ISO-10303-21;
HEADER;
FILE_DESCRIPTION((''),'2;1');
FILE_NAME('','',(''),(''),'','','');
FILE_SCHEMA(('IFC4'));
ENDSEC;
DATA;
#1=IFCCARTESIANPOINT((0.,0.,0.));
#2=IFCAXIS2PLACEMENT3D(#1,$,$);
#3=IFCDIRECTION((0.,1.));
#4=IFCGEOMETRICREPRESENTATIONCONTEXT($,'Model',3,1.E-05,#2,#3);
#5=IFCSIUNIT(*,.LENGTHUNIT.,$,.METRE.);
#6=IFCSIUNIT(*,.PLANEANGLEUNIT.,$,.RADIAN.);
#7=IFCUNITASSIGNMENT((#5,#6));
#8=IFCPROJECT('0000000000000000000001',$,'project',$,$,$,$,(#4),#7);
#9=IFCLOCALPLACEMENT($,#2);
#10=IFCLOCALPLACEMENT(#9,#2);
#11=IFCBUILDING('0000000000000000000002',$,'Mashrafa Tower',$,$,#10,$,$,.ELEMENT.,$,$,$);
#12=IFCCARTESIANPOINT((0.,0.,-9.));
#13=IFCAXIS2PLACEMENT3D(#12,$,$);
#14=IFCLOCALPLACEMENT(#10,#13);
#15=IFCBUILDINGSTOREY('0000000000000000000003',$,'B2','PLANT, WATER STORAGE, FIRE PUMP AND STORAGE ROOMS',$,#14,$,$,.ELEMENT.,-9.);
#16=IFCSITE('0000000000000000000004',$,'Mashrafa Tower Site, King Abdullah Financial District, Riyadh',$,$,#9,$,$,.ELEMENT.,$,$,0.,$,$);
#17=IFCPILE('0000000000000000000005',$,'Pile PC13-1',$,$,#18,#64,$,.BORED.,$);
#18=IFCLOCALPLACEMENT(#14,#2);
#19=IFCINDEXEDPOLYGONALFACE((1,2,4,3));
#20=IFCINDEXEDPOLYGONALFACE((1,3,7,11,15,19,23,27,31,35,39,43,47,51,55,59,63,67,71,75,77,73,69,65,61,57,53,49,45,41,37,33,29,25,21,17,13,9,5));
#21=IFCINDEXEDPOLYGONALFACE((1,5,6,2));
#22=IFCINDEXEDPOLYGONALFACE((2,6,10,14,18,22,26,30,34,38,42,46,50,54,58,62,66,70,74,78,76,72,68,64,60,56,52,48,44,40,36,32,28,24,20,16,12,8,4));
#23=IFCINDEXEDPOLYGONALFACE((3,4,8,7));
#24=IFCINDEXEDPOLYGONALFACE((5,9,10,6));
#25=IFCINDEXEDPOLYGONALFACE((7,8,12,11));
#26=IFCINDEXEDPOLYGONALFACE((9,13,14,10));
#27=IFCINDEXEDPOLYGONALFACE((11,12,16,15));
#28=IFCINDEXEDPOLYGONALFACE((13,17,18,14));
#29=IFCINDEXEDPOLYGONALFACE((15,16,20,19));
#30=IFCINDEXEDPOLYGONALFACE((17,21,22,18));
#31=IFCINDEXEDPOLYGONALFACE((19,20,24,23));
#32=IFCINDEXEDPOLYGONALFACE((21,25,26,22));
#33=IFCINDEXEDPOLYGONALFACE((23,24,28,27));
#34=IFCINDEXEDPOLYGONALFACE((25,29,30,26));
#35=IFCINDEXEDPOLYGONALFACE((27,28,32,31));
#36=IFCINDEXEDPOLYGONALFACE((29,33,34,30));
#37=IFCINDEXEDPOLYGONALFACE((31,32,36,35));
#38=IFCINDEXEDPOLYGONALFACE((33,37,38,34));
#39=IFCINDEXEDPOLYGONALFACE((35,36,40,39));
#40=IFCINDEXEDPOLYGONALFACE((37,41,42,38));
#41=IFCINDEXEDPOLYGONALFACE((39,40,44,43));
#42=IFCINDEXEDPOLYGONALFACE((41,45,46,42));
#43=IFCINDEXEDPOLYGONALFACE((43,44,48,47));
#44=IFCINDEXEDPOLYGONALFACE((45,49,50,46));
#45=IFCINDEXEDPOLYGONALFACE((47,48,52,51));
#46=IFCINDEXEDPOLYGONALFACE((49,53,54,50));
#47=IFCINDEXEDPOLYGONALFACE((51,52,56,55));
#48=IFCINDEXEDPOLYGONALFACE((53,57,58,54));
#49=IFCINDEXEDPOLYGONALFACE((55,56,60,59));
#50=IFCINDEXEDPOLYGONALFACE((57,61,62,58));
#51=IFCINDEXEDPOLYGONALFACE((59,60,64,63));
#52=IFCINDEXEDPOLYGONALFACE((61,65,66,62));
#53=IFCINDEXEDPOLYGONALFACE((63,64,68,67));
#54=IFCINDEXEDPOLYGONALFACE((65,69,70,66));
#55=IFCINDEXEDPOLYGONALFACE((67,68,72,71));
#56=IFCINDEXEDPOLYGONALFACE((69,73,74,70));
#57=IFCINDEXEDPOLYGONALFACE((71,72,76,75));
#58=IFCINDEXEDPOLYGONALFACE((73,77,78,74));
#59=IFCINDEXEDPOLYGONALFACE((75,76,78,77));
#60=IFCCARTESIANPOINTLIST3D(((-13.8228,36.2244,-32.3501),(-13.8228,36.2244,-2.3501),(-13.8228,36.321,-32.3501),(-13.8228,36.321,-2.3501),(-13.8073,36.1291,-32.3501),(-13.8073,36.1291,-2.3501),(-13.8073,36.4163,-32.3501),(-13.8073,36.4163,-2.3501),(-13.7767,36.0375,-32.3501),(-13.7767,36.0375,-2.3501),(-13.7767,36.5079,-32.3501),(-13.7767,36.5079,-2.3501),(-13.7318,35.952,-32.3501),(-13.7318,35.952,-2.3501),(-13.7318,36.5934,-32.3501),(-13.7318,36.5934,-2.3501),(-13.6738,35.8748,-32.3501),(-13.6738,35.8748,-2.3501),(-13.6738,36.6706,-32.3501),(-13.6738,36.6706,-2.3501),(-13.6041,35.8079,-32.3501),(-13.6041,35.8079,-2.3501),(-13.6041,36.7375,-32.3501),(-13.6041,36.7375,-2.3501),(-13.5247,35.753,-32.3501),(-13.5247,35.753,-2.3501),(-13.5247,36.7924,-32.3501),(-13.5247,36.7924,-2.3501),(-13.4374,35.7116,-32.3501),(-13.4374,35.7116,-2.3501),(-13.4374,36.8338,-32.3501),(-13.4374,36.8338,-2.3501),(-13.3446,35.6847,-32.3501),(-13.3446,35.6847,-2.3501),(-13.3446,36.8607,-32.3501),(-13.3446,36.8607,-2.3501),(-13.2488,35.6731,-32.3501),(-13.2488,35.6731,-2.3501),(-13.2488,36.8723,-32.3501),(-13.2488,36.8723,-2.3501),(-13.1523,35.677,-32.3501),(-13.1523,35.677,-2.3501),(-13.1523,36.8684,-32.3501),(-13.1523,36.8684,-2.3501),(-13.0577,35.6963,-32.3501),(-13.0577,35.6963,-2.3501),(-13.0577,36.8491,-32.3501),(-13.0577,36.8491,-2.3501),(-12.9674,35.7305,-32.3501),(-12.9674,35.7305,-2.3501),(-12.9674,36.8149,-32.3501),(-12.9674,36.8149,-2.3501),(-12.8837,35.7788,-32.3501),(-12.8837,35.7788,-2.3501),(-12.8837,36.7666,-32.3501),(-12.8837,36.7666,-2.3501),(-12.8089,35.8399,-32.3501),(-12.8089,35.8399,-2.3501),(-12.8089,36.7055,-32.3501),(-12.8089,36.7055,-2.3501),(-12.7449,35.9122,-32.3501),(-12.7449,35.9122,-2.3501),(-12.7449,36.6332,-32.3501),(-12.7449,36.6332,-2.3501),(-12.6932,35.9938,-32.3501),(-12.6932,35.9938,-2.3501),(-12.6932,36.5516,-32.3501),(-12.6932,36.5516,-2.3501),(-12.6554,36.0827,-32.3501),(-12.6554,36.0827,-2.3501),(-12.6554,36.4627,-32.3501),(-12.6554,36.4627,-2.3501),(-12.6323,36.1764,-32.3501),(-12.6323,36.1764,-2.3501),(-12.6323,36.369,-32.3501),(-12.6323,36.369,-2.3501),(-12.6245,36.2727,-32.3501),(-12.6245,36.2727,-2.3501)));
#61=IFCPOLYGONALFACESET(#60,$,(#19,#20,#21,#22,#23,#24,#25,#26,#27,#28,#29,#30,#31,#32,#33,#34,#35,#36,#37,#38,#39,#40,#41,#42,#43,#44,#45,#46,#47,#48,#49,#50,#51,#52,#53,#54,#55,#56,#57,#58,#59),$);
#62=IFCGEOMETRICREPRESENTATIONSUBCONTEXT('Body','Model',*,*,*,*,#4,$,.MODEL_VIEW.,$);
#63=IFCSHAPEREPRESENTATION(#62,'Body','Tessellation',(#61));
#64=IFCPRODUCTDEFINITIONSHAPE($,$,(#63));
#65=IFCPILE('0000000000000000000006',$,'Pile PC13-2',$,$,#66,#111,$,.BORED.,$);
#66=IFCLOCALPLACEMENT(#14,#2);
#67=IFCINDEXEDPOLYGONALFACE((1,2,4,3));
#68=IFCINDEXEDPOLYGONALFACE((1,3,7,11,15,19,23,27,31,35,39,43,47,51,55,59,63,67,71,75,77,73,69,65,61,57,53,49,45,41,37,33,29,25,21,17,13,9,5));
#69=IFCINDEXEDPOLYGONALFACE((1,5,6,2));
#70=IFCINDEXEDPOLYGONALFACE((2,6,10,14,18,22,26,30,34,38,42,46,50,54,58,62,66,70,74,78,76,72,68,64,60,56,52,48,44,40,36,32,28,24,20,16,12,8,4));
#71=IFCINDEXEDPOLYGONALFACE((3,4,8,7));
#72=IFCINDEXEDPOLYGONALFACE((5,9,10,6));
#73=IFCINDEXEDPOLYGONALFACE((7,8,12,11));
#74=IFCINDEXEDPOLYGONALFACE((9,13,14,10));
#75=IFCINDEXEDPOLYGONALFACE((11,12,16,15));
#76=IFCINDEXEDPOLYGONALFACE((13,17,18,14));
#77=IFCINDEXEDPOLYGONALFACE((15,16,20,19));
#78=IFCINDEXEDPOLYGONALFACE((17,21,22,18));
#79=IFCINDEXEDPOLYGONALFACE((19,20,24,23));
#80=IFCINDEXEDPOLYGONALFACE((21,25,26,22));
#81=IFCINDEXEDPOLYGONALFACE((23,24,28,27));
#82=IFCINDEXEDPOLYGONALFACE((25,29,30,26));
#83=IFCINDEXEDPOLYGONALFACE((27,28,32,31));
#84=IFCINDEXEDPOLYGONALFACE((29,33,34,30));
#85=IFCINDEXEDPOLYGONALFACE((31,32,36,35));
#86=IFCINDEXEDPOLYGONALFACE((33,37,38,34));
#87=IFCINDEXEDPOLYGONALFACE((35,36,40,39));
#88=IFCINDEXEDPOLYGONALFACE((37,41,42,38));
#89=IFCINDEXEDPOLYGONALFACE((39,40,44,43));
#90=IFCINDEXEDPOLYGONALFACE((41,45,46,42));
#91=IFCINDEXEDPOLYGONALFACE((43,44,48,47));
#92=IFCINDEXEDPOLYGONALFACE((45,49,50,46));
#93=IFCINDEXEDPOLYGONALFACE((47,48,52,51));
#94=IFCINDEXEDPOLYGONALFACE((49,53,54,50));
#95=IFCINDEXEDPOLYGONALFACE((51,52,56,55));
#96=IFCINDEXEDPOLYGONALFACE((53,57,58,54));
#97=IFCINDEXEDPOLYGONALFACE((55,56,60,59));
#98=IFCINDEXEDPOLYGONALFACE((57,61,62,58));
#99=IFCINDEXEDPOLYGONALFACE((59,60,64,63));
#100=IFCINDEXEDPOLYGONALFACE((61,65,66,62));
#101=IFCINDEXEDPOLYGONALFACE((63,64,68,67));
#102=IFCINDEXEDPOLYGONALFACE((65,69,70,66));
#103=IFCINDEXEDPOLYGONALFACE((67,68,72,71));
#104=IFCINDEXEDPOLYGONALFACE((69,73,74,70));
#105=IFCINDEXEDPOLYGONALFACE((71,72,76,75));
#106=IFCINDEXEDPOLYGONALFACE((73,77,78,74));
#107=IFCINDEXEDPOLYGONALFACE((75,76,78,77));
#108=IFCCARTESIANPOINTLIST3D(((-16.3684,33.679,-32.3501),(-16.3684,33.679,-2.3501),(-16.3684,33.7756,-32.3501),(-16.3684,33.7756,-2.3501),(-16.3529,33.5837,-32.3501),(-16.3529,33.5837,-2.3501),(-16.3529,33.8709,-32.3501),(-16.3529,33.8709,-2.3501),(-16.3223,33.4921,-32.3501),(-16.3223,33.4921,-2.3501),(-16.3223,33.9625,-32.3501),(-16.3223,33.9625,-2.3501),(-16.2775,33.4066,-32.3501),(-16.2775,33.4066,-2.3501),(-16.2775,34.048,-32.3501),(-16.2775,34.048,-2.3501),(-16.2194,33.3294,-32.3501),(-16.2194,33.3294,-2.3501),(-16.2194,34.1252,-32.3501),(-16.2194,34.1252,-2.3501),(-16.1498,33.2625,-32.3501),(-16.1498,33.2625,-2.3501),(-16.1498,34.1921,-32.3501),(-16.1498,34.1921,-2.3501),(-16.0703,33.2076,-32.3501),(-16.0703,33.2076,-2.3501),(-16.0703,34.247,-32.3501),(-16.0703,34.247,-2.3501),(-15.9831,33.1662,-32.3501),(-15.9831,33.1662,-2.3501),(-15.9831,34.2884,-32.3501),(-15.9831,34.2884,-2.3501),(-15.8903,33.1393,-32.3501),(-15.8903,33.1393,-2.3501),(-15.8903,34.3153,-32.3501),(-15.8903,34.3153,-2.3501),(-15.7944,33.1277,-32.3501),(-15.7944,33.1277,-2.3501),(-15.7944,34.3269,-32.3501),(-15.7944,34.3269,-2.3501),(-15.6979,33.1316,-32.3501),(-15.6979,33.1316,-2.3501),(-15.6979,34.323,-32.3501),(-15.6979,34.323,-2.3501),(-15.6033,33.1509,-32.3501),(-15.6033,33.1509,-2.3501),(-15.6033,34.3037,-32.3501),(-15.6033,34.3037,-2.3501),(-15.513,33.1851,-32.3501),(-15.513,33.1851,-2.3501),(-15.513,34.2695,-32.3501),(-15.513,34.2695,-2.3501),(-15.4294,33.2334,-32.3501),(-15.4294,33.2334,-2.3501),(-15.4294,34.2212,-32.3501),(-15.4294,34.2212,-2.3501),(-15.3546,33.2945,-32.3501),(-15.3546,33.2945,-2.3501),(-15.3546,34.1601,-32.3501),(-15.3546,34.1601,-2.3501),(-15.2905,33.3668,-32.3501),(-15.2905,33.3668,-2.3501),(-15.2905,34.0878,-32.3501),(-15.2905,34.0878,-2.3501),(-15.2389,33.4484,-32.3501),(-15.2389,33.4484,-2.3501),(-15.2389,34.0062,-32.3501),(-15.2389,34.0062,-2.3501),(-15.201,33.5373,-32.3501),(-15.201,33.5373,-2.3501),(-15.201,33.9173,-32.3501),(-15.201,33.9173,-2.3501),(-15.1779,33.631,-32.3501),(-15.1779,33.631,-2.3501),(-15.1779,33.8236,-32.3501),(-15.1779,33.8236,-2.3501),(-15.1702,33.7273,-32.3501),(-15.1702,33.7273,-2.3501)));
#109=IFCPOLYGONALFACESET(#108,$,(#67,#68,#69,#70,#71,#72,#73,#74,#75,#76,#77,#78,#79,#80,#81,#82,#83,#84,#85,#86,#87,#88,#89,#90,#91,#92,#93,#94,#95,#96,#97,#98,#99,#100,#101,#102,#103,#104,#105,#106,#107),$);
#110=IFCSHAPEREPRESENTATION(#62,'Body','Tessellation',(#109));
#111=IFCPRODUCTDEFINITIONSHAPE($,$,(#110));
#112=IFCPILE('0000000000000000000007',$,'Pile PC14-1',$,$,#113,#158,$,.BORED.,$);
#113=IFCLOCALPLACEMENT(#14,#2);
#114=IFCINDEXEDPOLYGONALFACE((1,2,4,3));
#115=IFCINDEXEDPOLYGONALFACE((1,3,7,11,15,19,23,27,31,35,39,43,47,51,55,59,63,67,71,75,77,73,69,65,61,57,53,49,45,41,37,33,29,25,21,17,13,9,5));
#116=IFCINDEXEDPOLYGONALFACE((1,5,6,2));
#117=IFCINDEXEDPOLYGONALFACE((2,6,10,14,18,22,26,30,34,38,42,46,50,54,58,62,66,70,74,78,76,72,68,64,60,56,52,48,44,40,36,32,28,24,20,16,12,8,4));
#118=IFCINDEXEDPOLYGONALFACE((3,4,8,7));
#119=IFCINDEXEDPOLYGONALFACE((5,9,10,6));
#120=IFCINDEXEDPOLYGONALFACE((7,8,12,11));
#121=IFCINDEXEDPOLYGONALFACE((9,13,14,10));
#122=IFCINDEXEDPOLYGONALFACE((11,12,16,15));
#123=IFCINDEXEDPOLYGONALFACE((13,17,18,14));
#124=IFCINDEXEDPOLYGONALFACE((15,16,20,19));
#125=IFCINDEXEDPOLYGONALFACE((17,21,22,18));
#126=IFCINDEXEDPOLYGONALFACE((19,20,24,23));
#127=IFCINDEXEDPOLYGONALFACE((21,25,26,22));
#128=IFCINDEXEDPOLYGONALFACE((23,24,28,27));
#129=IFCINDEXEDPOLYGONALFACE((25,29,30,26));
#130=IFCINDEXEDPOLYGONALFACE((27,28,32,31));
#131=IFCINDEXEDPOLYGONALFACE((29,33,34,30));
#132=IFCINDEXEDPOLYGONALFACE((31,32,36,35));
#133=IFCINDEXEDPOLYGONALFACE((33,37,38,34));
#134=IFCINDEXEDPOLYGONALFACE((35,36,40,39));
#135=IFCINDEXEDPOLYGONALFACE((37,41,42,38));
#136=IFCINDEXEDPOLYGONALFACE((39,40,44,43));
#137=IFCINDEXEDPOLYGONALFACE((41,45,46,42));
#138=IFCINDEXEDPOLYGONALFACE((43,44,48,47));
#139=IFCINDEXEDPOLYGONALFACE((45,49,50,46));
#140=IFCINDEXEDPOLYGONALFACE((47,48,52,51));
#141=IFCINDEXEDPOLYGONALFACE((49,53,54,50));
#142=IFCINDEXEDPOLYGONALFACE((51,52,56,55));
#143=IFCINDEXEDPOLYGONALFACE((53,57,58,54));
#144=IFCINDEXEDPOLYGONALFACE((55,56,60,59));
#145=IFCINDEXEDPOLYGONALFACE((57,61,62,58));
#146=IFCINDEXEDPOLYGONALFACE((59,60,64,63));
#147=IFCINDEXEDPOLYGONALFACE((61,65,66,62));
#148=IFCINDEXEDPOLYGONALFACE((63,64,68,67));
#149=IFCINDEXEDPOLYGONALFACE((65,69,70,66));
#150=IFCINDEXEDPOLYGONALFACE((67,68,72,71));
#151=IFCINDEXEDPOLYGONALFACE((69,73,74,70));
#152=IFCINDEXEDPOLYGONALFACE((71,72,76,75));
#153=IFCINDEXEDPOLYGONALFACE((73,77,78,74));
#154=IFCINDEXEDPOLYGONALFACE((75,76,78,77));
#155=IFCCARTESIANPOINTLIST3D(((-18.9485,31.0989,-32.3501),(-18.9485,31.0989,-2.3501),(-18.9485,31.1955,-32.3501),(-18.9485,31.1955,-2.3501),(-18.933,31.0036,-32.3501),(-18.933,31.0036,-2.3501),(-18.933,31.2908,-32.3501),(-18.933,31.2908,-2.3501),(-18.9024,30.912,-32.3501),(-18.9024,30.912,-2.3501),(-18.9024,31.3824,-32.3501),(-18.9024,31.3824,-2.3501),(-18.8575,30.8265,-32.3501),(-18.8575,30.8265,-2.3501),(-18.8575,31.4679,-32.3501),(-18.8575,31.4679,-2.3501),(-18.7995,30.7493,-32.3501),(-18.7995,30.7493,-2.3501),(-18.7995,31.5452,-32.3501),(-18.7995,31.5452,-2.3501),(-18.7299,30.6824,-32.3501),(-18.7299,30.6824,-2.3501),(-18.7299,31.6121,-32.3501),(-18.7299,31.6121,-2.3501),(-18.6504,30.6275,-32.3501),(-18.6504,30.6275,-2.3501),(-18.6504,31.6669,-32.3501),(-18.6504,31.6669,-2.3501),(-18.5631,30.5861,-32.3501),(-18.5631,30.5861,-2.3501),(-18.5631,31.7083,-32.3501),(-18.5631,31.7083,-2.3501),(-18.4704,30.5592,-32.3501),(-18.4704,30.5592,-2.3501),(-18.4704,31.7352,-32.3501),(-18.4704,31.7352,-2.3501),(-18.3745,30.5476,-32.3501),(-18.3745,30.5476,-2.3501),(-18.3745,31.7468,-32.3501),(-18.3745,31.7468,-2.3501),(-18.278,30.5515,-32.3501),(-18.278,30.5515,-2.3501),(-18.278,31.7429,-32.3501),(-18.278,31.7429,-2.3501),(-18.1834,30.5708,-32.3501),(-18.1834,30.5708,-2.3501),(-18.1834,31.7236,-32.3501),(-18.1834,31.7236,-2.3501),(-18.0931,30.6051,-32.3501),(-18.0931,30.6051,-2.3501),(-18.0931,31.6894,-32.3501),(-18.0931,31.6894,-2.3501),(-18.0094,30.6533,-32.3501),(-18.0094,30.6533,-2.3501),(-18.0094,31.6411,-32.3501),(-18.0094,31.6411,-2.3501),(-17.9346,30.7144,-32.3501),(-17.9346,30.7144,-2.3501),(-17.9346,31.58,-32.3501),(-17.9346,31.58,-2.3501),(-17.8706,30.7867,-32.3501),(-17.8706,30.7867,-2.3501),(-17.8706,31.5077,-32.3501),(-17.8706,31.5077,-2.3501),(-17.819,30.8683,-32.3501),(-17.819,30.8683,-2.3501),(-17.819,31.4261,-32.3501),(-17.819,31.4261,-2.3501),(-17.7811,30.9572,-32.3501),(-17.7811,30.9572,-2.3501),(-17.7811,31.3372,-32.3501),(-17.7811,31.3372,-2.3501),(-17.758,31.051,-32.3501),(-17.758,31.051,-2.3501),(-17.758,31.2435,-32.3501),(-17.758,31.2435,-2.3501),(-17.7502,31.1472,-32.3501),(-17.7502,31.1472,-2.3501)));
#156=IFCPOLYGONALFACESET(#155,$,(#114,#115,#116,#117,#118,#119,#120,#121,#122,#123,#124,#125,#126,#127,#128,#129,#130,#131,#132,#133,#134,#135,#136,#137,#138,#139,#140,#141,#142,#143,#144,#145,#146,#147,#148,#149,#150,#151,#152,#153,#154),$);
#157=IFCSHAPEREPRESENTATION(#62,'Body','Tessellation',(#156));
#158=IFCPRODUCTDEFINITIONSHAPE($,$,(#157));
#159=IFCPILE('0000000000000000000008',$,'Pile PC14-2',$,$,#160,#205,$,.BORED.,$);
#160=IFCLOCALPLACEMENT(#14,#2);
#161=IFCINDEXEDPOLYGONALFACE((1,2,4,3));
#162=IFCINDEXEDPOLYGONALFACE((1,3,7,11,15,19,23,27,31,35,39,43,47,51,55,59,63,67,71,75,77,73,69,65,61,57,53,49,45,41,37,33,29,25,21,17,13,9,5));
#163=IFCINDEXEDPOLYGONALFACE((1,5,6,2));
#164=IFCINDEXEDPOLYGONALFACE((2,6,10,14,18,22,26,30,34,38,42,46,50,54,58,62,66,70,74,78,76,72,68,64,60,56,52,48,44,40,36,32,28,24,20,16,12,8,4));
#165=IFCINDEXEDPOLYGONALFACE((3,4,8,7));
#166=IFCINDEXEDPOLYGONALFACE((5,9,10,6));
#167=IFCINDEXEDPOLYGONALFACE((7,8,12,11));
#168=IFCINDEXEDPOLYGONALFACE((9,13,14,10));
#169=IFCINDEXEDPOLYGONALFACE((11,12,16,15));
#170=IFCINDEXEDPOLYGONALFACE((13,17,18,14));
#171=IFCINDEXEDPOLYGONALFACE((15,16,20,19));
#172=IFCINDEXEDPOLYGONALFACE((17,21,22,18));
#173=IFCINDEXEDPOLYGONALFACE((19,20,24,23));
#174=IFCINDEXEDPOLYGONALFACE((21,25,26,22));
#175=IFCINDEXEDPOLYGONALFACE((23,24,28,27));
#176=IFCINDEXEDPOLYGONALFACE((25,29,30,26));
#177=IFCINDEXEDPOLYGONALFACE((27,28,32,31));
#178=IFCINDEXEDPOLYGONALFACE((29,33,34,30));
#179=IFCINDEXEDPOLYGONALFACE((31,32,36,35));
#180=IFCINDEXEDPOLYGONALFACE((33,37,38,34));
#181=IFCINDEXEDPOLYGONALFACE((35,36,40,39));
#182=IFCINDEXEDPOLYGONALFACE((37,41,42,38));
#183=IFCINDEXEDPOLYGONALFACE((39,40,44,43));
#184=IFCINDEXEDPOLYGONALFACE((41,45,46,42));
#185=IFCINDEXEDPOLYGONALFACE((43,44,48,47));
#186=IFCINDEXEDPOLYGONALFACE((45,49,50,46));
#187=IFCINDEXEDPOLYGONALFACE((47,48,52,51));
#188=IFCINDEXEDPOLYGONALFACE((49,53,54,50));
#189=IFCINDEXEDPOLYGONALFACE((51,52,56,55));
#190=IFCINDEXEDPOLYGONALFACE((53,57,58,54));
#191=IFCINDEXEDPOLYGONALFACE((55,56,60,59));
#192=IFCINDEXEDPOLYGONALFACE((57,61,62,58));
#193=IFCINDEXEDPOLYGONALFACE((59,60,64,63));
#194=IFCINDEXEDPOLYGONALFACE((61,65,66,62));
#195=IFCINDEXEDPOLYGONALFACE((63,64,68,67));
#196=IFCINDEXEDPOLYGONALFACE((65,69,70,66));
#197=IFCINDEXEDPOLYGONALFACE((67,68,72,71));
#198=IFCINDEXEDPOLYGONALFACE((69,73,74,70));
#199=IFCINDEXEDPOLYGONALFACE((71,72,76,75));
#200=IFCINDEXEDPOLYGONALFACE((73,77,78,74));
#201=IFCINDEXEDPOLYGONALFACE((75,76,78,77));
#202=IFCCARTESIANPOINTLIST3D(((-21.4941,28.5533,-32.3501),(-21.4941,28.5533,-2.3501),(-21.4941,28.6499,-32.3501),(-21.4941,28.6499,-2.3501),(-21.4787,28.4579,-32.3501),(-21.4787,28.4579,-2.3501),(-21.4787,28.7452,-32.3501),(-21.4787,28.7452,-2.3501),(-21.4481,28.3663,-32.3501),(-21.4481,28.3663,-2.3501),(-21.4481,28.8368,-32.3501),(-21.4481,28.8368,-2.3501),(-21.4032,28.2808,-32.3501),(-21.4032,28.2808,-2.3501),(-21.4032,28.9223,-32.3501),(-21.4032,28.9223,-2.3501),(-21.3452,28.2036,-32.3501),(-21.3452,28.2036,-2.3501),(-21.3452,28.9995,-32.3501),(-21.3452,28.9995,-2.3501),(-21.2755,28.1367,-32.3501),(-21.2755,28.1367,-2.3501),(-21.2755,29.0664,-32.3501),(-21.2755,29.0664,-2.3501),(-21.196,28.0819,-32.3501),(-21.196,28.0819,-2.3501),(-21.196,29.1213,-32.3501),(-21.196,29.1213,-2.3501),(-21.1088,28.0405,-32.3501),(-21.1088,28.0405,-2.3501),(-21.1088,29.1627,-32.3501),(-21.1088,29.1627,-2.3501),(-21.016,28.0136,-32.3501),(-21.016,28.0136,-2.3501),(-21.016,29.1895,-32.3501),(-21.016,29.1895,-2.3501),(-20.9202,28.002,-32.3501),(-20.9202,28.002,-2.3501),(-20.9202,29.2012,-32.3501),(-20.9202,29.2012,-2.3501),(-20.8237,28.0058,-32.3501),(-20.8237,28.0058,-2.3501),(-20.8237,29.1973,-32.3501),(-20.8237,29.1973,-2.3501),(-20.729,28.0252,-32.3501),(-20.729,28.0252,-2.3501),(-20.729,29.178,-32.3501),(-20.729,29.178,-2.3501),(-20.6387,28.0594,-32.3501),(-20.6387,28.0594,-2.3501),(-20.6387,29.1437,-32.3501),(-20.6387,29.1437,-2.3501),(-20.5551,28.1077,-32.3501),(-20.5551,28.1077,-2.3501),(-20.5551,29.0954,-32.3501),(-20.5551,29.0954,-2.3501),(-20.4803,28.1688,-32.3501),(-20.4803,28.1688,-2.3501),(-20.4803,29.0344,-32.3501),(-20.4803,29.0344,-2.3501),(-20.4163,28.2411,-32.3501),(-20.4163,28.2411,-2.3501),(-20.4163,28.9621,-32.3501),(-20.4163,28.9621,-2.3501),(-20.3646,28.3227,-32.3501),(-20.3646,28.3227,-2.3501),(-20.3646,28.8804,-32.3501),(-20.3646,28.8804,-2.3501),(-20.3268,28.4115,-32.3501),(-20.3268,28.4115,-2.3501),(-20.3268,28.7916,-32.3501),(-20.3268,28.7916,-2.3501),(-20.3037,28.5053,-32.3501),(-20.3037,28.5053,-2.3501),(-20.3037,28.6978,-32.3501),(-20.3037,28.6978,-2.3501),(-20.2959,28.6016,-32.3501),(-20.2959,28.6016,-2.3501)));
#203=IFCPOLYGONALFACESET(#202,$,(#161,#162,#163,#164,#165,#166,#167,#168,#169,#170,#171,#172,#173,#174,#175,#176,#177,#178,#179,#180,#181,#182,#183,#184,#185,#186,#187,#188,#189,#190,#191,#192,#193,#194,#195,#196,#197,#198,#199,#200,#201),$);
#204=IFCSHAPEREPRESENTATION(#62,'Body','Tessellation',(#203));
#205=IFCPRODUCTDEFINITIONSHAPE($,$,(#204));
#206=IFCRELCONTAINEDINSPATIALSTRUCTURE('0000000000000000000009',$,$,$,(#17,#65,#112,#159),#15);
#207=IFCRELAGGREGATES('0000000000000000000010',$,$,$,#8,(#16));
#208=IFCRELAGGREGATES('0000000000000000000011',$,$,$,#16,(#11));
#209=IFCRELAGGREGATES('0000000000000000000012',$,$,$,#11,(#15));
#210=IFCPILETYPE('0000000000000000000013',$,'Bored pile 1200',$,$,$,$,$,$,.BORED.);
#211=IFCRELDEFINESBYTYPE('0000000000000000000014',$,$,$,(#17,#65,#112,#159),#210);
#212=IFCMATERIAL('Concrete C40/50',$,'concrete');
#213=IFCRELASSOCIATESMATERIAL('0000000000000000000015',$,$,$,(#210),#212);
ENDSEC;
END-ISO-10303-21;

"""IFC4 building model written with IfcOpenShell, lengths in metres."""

from ifc_helpers import new_model, si_unit, direction, frame, origin, origin_2d, place, context, subcontext, project, spatial, circle, extrude, material, material_profile, profile_set, type_object, element, save


model = new_model("IFC4")

# Units and contexts
model_context = context("Model", 3, precision=1e-05, world=origin(), true_north=direction((0.0, 1.0)))
body_context = subcontext(model_context, "Body", "Model", "MODEL_VIEW")
ifc_project = project(units=[si_unit("LENGTHUNIT", "METRE"), si_unit("PLANEANGLEUNIT", "RADIAN")], contexts=[model_context])

# Site, building, storey
site_placement = place(None, origin())
site = spatial("IfcSite", under=ifc_project, at=site_placement, Name="Mashrafa Tower Site, King Abdullah Financial District, Riyadh", CompositionType="ELEMENT", RefElevation=0.0)
building_placement = place(site_placement, origin())
building = spatial("IfcBuilding", under=site, at=building_placement, Name="Mashrafa Tower", CompositionType="ELEMENT")
storey_placement = place(building_placement, frame((0.0, 0.0, -9.0)))
storey = spatial("IfcBuildingStorey", under=building, at=storey_placement, Name="B2", Description="PLANT, WATER STORAGE, FIRE PUMP AND STORAGE ROOMS", CompositionType="ELEMENT", Elevation=-9.0)

# Piles
ifc_material_1 = material(Name="Concrete C40/50", Category="concrete")
ifc_material_profile_1 = material_profile(ifc_material_1, circle(Radius=0.6001, at=origin_2d()), Name="1200 DIA")
ifc_profile_set_1 = profile_set([ifc_material_profile_1], Name="Concrete C40/50")
pile_type_1 = type_object("IfcPileType", Name="Bored pile 1200", PredefinedType="BORED", material=ifc_profile_set_1)
for number, where, z_axis, x_axis, name in (
    (1, (-13.2246, 36.2727, -2.3501), (0.0, 0.0, -1.0), (1.0, 0.0, 0.0), "Pile PC13-1"),
    (2, (-15.7703, 33.7273, -2.3501), (0.0, 0.0, -1.0), (1.0, 0.0, 0.0), "Pile PC13-2"),
    (3, (-18.3503, 31.1472, -2.3501), (0.0, 0.0, -1.0), (1.0, 0.0, 0.0), "Pile PC14-1"),
    (4, (-20.896, 28.6016, -2.3501), (0.0, 0.0, -1.0), (1.0, 0.0, 0.0), "Pile PC14-2"),
):
    element("IfcPile", number, at=place(storey_placement, frame(where, z_axis=z_axis, x_axis=x_axis)), inside=storey, type_object=pile_type_1, Name=name, PredefinedType="BORED", context=body_context, shape_type="SweptSolid", body=[
        extrude(circle(Radius=0.6001, at=origin_2d()), origin(), (0.0, 0.0, 1.0), 30.0),
    ])

save(model, "model.ifc")
